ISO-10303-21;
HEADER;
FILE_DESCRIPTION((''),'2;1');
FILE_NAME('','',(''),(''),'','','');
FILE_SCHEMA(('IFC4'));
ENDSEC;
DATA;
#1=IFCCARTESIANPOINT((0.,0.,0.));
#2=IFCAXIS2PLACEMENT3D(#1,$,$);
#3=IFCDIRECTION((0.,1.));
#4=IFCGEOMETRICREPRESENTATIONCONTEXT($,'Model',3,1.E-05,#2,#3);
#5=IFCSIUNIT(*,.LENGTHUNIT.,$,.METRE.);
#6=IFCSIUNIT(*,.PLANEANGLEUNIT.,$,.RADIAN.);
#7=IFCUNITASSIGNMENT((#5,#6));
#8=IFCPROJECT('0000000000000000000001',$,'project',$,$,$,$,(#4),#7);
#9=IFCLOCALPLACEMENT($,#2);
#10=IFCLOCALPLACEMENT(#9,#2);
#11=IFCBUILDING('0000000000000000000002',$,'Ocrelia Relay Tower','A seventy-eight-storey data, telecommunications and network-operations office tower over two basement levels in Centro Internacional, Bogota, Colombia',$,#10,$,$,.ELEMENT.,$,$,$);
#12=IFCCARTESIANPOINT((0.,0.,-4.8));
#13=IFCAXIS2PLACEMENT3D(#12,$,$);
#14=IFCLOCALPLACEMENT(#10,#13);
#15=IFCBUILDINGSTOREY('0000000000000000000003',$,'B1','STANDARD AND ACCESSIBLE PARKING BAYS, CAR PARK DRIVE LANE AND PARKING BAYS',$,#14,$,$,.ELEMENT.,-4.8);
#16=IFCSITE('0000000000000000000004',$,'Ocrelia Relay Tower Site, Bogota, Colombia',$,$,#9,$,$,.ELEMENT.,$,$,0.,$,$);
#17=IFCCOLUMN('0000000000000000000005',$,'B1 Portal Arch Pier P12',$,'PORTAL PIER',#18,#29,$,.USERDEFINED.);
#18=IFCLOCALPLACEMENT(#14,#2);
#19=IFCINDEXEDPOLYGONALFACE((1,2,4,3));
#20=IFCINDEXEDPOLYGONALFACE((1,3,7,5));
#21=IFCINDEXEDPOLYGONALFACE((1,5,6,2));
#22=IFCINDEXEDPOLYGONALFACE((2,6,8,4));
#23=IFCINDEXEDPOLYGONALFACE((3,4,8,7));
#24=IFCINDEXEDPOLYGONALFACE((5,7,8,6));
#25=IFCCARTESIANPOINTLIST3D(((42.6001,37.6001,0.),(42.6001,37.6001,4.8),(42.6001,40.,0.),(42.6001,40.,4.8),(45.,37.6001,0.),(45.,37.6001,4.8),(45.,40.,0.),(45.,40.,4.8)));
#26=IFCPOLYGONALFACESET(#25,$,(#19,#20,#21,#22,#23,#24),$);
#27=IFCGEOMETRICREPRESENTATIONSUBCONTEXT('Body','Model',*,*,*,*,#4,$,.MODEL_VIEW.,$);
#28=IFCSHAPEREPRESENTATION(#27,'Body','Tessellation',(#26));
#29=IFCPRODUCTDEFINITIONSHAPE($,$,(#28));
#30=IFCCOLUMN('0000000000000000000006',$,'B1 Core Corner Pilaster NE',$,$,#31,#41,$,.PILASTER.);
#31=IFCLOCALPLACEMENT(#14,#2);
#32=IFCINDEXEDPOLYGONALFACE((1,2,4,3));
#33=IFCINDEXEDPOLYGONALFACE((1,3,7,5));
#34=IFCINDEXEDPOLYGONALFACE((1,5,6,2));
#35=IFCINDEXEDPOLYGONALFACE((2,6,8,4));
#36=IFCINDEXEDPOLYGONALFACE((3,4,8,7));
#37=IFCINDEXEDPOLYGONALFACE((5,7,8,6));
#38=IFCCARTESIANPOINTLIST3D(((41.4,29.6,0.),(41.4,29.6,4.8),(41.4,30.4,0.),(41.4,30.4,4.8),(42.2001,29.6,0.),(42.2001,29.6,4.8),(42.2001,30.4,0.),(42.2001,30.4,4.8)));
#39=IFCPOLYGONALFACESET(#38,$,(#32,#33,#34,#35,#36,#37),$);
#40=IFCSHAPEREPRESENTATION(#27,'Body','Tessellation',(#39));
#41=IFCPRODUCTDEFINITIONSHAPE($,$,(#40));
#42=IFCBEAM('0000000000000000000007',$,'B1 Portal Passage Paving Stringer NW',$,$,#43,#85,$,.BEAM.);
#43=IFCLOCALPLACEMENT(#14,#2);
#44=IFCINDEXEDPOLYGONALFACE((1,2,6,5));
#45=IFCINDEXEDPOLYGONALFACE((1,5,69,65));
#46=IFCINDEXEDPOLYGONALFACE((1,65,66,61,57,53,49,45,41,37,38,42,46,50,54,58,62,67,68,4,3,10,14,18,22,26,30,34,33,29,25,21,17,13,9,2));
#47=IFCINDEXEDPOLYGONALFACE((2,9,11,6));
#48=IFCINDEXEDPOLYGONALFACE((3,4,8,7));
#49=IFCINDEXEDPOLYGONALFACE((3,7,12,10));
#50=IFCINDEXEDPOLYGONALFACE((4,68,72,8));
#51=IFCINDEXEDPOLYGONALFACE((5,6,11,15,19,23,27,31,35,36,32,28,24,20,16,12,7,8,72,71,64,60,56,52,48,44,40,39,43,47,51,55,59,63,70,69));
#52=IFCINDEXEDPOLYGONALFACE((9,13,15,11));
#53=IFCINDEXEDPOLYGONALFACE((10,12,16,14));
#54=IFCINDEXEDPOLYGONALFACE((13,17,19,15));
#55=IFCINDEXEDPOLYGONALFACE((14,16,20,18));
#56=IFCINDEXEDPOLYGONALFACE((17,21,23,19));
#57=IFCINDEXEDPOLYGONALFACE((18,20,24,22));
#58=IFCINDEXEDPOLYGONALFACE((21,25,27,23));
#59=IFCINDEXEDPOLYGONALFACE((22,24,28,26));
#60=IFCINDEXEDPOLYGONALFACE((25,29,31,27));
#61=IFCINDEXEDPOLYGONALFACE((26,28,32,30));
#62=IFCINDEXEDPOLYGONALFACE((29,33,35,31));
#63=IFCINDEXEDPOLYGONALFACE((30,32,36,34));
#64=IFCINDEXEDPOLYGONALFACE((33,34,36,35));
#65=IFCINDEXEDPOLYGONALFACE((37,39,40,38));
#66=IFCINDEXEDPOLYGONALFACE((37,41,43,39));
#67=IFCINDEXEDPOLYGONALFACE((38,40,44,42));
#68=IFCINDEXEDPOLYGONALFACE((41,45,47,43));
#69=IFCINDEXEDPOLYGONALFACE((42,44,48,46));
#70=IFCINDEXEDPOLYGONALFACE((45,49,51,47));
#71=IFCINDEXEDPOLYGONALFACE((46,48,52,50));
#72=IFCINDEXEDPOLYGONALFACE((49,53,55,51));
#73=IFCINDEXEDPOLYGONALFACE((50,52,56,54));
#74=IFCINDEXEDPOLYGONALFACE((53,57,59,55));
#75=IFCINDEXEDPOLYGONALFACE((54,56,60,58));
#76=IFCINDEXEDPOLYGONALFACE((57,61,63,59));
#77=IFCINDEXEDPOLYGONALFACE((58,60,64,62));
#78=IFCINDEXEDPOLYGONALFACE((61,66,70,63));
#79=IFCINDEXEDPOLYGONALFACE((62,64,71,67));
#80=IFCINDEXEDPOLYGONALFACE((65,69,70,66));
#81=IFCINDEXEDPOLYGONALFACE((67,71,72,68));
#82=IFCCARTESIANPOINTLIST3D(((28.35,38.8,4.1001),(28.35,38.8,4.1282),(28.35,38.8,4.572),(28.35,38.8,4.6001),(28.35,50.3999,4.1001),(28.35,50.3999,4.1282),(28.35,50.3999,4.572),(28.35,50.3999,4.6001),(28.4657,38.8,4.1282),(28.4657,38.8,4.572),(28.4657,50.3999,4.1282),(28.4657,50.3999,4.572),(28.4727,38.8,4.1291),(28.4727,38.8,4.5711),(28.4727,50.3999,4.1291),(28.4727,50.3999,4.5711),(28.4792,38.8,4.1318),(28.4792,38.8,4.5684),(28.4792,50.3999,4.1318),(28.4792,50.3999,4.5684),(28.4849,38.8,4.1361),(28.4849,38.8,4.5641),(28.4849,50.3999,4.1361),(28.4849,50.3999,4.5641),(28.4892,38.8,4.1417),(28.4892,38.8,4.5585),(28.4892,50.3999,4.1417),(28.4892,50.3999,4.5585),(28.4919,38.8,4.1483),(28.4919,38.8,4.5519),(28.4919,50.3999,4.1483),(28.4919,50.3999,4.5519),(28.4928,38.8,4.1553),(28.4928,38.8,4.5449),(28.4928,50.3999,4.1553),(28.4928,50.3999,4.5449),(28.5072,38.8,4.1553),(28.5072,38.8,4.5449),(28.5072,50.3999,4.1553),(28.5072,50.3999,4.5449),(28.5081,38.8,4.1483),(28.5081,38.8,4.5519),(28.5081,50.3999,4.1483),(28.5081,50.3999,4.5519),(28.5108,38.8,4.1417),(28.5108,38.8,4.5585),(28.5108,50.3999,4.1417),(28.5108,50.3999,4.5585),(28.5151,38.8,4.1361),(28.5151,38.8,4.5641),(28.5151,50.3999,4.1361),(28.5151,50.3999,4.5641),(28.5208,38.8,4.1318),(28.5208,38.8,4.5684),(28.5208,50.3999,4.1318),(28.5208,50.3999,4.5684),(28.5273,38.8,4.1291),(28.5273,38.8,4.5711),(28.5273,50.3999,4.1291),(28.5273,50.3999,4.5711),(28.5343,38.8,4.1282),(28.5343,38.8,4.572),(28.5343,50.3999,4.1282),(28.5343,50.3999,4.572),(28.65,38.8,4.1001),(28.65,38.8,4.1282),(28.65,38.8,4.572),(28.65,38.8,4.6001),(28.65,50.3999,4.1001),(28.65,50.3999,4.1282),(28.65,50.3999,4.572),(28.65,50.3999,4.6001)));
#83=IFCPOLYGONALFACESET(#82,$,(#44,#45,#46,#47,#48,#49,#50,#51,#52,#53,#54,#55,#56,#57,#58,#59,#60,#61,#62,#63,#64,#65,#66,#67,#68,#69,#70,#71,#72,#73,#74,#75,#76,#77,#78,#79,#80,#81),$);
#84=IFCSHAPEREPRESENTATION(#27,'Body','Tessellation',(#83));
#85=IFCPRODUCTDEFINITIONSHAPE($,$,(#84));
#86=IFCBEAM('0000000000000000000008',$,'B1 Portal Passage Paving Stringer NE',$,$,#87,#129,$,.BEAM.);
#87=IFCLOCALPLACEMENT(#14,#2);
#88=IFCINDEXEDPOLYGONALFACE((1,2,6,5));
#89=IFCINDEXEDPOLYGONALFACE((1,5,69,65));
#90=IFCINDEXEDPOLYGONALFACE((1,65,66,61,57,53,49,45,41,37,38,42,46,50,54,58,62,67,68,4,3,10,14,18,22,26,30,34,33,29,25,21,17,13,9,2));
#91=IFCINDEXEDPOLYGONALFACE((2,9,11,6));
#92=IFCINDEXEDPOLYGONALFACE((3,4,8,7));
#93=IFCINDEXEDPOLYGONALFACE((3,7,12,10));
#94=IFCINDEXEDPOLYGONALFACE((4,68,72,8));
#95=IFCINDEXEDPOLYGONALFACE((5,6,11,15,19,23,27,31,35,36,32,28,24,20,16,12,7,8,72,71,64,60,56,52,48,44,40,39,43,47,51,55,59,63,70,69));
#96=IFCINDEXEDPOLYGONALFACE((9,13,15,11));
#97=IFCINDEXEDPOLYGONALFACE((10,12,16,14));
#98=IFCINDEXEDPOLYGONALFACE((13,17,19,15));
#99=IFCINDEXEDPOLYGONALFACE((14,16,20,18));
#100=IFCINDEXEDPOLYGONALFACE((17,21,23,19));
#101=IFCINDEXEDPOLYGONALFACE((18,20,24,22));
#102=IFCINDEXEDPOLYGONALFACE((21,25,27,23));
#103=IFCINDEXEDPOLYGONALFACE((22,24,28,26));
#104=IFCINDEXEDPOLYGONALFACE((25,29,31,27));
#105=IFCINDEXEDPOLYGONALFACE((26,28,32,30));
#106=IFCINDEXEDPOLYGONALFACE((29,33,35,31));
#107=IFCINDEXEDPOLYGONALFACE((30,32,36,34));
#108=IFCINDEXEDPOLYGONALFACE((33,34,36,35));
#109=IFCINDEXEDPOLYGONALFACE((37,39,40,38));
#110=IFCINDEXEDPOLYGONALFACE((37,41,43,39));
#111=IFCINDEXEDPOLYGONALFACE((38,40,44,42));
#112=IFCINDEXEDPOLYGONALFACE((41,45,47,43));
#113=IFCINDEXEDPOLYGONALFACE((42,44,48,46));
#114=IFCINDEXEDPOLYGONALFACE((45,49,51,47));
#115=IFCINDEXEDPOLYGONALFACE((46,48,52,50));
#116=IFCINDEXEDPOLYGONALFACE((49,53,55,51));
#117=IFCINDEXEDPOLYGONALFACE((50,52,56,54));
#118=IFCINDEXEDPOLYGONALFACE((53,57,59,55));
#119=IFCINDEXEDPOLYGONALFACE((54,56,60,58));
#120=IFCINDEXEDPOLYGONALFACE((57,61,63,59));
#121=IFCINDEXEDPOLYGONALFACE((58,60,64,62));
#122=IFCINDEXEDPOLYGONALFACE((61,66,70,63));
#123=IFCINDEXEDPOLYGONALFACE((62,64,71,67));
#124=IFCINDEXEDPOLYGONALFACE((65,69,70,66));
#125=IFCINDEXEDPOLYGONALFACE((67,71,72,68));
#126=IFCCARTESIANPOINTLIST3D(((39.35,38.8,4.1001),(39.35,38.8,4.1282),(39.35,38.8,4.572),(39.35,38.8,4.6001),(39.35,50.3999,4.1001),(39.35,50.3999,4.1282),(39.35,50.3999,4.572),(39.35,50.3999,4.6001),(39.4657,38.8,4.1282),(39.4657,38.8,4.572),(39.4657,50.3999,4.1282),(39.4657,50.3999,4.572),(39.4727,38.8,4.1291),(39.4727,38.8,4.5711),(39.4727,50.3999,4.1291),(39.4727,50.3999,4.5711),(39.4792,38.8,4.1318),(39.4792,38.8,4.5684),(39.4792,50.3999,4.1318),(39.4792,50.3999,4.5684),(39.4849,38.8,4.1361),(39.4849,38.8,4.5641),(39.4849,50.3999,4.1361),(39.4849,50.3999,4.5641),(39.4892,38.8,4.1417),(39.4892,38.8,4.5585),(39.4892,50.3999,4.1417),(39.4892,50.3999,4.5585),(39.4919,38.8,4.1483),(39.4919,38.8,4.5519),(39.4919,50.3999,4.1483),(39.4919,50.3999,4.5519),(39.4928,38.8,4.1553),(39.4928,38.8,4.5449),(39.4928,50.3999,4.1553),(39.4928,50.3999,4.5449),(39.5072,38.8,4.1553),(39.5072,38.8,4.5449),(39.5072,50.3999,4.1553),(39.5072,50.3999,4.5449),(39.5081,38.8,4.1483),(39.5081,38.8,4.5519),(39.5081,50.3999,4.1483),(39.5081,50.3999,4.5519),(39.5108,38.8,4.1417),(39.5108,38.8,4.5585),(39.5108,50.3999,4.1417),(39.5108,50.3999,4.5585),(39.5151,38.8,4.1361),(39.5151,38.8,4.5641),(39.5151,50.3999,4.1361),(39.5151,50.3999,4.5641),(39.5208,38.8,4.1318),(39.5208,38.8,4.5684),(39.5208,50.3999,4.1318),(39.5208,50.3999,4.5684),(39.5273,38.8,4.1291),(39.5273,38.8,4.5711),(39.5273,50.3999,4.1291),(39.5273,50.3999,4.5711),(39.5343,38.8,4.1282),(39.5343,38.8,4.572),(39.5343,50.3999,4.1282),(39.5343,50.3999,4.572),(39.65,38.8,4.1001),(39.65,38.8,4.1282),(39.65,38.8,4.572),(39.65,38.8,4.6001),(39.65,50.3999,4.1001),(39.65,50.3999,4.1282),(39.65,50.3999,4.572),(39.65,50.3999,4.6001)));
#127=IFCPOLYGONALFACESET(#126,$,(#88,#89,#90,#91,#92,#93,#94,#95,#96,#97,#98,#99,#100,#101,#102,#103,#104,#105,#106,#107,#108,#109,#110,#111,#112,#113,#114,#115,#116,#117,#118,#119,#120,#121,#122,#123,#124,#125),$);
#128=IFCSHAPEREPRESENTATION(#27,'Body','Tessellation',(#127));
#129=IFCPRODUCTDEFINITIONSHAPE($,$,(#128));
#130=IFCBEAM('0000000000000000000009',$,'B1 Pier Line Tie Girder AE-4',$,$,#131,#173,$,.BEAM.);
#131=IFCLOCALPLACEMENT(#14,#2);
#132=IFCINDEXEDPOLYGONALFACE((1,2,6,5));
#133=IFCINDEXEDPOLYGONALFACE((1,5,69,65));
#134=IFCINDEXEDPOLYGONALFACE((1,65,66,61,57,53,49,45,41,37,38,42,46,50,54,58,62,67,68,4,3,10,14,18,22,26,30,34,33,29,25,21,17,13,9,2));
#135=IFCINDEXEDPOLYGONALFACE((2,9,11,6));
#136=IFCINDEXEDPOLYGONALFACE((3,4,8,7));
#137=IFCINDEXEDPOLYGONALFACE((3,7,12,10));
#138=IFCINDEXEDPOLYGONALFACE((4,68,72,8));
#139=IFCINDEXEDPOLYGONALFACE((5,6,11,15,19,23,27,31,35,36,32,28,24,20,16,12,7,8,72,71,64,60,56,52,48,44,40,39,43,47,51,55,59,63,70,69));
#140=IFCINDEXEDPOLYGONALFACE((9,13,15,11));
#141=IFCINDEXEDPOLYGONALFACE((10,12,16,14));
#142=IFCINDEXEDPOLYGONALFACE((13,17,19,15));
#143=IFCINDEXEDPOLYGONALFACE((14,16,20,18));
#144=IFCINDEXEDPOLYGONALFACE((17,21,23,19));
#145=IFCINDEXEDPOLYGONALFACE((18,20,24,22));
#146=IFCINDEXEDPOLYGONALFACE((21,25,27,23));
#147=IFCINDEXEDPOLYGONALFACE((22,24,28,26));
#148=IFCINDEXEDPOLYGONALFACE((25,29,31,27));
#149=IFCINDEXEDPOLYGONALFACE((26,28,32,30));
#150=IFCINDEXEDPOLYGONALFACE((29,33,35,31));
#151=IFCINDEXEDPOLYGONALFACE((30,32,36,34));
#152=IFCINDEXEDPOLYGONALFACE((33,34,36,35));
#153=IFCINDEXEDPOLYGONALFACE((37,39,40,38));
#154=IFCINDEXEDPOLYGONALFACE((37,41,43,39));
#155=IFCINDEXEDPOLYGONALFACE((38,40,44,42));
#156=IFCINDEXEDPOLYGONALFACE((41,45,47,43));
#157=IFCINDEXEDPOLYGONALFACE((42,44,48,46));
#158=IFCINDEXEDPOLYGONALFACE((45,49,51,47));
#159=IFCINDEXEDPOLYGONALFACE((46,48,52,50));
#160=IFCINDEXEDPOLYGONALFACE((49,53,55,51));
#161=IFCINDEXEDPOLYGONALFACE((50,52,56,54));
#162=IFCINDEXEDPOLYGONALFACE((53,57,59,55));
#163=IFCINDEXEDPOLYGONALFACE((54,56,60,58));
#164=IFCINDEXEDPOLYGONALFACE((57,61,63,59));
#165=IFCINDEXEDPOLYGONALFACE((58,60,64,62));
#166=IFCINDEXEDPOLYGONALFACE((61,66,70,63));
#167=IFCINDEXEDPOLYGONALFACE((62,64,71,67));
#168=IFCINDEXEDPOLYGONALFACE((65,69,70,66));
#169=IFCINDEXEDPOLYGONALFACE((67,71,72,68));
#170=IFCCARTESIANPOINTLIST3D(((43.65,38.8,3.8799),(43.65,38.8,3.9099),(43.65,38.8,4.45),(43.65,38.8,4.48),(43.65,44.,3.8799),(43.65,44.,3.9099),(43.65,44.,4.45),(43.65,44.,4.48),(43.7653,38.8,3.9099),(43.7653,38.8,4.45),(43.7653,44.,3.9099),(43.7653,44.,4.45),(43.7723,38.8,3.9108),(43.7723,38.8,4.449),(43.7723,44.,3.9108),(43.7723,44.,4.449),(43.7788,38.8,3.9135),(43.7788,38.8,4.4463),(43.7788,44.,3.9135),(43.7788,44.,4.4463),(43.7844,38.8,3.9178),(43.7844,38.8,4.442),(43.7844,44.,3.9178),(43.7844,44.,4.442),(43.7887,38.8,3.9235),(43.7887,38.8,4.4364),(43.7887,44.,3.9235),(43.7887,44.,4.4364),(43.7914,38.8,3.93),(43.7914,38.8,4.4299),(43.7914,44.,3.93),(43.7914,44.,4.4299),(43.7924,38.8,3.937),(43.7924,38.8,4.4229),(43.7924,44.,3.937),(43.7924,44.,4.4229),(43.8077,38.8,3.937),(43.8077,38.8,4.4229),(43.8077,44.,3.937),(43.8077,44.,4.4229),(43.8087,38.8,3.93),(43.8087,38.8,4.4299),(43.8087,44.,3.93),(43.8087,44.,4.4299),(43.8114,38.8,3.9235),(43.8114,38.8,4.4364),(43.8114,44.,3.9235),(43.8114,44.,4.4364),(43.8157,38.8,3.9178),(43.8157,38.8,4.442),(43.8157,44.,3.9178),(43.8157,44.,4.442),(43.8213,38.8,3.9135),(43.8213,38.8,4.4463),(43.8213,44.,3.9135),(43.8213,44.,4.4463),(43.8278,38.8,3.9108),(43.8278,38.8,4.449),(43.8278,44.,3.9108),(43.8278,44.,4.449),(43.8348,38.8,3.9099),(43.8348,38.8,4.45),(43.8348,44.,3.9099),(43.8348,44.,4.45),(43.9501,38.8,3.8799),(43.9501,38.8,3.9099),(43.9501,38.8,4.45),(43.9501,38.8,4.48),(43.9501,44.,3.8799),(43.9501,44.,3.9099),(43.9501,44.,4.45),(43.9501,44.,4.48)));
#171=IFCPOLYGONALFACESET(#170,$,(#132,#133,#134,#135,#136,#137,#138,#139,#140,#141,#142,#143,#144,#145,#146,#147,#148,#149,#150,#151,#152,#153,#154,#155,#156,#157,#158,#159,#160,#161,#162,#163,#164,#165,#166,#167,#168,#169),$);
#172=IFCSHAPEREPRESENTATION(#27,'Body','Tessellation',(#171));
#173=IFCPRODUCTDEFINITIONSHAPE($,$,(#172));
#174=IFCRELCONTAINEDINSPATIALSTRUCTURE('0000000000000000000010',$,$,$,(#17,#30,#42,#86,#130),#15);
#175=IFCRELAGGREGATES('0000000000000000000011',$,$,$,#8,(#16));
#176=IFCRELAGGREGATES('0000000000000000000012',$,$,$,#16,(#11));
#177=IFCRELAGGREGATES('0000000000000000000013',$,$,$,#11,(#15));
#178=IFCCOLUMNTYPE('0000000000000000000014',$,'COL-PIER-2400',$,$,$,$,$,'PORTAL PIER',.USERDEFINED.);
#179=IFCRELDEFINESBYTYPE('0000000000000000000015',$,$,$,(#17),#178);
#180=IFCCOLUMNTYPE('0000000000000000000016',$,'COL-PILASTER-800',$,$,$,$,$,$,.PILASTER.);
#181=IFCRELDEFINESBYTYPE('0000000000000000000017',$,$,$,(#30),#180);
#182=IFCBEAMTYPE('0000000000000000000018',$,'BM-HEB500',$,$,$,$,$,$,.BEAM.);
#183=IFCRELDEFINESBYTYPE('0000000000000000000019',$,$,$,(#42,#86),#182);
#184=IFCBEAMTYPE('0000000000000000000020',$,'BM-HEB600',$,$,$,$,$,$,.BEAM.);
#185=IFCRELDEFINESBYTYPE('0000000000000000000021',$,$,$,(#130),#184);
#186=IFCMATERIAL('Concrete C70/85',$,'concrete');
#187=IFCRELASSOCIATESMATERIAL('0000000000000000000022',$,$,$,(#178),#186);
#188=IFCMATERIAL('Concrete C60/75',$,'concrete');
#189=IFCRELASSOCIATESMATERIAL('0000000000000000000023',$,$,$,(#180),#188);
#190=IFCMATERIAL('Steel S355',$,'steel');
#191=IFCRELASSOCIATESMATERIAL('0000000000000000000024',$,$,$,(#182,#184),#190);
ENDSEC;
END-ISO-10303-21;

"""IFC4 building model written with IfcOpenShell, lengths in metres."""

from ifc_helpers import new_model, si_unit, direction, frame, origin, origin_2d, place, context, subcontext, project, spatial, rectangle, i_section, extrude, material, material_profile, profile_set, type_object, element, save


model = new_model("IFC4")

# Units and contexts
model_context = context("Model", 3, precision=1e-05, world=origin(), true_north=direction((0.0, 1.0)))
body_context = subcontext(model_context, "Body", "Model", "MODEL_VIEW")
ifc_project = project(units=[si_unit("LENGTHUNIT", "METRE"), si_unit("PLANEANGLEUNIT", "RADIAN")], contexts=[model_context])

# Site, building, storey
site_placement = place(None, origin())
site = spatial("IfcSite", under=ifc_project, at=site_placement, Name="Ocrelia Relay Tower Site, Bogota, Colombia", CompositionType="ELEMENT", RefElevation=0.0)
building_placement = place(site_placement, origin())
building = spatial("IfcBuilding", under=site, at=building_placement, Name="Ocrelia Relay Tower", Description="A seventy-eight-storey data, telecommunications and network-operations office tower over two basement levels in Centro Internacional, Bogota, Colombia", CompositionType="ELEMENT")
storey_placement = place(building_placement, frame((0.0, 0.0, -4.8)))
storey = spatial("IfcBuildingStorey", under=building, at=storey_placement, Name="B1", Description="STANDARD AND ACCESSIBLE PARKING BAYS, CAR PARK DRIVE LANE AND PARKING BAYS", CompositionType="ELEMENT", Elevation=-4.8)

# Columns
ifc_material_1 = material(Name="Concrete C70/85", Category="concrete")
ifc_material_profile_1 = material_profile(ifc_material_1, rectangle(XDim=2.3999, YDim=2.3999, at=origin_2d()), Name="RC-PIER-2400x2400")
ifc_profile_set_1 = profile_set([ifc_material_profile_1], Name="Concrete C70/85")
column_type_1 = type_object("IfcColumnType", Name="COL-PIER-2400", ElementType="PORTAL PIER", PredefinedType="USERDEFINED", material=ifc_profile_set_1)
column_1_placement = place(storey_placement, frame((43.8, 38.8, 0.0), z_axis=(0.0, 0.0, 1.0), x_axis=(1.0, 0.0, 0.0)))
element("IfcColumn", 1, at=column_1_placement, inside=storey, type_object=column_type_1, Name="B1 Portal Arch Pier P12", ObjectType="PORTAL PIER", PredefinedType="USERDEFINED", context=body_context, shape_type="SweptSolid", body=[
    extrude(rectangle(XDim=2.3999, YDim=2.3999, at=origin_2d()), origin(), (0.0, 0.0, 1.0), 4.8),
])
ifc_material_2 = material(Name="Concrete C60/75", Category="concrete")
ifc_material_profile_2 = material_profile(ifc_material_2, rectangle(XDim=0.8, YDim=0.8, at=origin_2d()), Name="RC-COL-800x800")
ifc_profile_set_2 = profile_set([ifc_material_profile_2], Name="Concrete C60/75")
column_type_2 = type_object("IfcColumnType", Name="COL-PILASTER-800", PredefinedType="PILASTER", material=ifc_profile_set_2)
column_2_placement = place(storey_placement, frame((41.8, 30.0, 0.0), z_axis=(0.0, 0.0, 1.0), x_axis=(1.0, 0.0, 0.0)))
element("IfcColumn", 2, at=column_2_placement, inside=storey, type_object=column_type_2, Name="B1 Core Corner Pilaster NE", PredefinedType="PILASTER", context=body_context, shape_type="SweptSolid", body=[
    extrude(rectangle(XDim=0.8, YDim=0.8, at=origin_2d()), origin(), (0.0, 0.0, 1.0), 4.8),
])

# Beams
ifc_material_3 = material(Name="Steel S355", Category="steel")
ifc_material_profile_3 = material_profile(ifc_material_3, i_section(OverallWidth=0.3, OverallDepth=0.5, WebThickness=0.0144, FlangeThickness=0.0281, FilletRadius=0.0271, at=origin_2d()), Name="HEB 500")
ifc_profile_set_3 = profile_set([ifc_material_profile_3], Name="Steel S355")
beam_type_1 = type_object("IfcBeamType", Name="BM-HEB500", PredefinedType="BEAM", material=ifc_profile_set_3)
for number, where, z_axis, x_axis, name in (
    (3, (28.5, 38.8, 4.3501), (0.0, 1.0, 0.0), (-1.0, 0.0, 0.0), "B1 Portal Passage Paving Stringer NW"),
    (4, (39.5, 38.8, 4.3501), (0.0, 1.0, 0.0), (-1.0, 0.0, 0.0), "B1 Portal Passage Paving Stringer NE"),
):
    element("IfcBeam", number, at=place(storey_placement, frame(where, z_axis=z_axis, x_axis=x_axis)), inside=storey, type_object=beam_type_1, Name=name, PredefinedType="BEAM", context=body_context, shape_type="SweptSolid", body=[
        extrude(i_section(OverallWidth=0.3, OverallDepth=0.5, WebThickness=0.0144, FlangeThickness=0.0281, FilletRadius=0.0271, at=origin_2d()), origin(), (0.0, 0.0, 1.0), 11.5999),
    ])
ifc_material_profile_4 = material_profile(ifc_material_3, i_section(OverallWidth=0.3, OverallDepth=0.6001, WebThickness=0.0154, FlangeThickness=0.03, FilletRadius=0.0271, at=origin_2d()), Name="HEB 600")
ifc_profile_set_4 = profile_set([ifc_material_profile_4], Name="Steel S355")
beam_type_2 = type_object("IfcBeamType", Name="BM-HEB600", PredefinedType="BEAM", material=ifc_profile_set_4)
beam_1_placement = place(storey_placement, frame((43.8, 38.8, 4.1799), z_axis=(0.0, 1.0, 0.0), x_axis=(-1.0, 0.0, 0.0)))
element("IfcBeam", 5, at=beam_1_placement, inside=storey, type_object=beam_type_2, Name="B1 Pier Line Tie Girder AE-4", PredefinedType="BEAM", context=body_context, shape_type="SweptSolid", body=[
    extrude(i_section(OverallWidth=0.3, OverallDepth=0.6001, WebThickness=0.0154, FlangeThickness=0.03, FilletRadius=0.0271, at=origin_2d()), origin(), (0.0, 0.0, 1.0), 5.2),
])

save(model, "model.ifc")
